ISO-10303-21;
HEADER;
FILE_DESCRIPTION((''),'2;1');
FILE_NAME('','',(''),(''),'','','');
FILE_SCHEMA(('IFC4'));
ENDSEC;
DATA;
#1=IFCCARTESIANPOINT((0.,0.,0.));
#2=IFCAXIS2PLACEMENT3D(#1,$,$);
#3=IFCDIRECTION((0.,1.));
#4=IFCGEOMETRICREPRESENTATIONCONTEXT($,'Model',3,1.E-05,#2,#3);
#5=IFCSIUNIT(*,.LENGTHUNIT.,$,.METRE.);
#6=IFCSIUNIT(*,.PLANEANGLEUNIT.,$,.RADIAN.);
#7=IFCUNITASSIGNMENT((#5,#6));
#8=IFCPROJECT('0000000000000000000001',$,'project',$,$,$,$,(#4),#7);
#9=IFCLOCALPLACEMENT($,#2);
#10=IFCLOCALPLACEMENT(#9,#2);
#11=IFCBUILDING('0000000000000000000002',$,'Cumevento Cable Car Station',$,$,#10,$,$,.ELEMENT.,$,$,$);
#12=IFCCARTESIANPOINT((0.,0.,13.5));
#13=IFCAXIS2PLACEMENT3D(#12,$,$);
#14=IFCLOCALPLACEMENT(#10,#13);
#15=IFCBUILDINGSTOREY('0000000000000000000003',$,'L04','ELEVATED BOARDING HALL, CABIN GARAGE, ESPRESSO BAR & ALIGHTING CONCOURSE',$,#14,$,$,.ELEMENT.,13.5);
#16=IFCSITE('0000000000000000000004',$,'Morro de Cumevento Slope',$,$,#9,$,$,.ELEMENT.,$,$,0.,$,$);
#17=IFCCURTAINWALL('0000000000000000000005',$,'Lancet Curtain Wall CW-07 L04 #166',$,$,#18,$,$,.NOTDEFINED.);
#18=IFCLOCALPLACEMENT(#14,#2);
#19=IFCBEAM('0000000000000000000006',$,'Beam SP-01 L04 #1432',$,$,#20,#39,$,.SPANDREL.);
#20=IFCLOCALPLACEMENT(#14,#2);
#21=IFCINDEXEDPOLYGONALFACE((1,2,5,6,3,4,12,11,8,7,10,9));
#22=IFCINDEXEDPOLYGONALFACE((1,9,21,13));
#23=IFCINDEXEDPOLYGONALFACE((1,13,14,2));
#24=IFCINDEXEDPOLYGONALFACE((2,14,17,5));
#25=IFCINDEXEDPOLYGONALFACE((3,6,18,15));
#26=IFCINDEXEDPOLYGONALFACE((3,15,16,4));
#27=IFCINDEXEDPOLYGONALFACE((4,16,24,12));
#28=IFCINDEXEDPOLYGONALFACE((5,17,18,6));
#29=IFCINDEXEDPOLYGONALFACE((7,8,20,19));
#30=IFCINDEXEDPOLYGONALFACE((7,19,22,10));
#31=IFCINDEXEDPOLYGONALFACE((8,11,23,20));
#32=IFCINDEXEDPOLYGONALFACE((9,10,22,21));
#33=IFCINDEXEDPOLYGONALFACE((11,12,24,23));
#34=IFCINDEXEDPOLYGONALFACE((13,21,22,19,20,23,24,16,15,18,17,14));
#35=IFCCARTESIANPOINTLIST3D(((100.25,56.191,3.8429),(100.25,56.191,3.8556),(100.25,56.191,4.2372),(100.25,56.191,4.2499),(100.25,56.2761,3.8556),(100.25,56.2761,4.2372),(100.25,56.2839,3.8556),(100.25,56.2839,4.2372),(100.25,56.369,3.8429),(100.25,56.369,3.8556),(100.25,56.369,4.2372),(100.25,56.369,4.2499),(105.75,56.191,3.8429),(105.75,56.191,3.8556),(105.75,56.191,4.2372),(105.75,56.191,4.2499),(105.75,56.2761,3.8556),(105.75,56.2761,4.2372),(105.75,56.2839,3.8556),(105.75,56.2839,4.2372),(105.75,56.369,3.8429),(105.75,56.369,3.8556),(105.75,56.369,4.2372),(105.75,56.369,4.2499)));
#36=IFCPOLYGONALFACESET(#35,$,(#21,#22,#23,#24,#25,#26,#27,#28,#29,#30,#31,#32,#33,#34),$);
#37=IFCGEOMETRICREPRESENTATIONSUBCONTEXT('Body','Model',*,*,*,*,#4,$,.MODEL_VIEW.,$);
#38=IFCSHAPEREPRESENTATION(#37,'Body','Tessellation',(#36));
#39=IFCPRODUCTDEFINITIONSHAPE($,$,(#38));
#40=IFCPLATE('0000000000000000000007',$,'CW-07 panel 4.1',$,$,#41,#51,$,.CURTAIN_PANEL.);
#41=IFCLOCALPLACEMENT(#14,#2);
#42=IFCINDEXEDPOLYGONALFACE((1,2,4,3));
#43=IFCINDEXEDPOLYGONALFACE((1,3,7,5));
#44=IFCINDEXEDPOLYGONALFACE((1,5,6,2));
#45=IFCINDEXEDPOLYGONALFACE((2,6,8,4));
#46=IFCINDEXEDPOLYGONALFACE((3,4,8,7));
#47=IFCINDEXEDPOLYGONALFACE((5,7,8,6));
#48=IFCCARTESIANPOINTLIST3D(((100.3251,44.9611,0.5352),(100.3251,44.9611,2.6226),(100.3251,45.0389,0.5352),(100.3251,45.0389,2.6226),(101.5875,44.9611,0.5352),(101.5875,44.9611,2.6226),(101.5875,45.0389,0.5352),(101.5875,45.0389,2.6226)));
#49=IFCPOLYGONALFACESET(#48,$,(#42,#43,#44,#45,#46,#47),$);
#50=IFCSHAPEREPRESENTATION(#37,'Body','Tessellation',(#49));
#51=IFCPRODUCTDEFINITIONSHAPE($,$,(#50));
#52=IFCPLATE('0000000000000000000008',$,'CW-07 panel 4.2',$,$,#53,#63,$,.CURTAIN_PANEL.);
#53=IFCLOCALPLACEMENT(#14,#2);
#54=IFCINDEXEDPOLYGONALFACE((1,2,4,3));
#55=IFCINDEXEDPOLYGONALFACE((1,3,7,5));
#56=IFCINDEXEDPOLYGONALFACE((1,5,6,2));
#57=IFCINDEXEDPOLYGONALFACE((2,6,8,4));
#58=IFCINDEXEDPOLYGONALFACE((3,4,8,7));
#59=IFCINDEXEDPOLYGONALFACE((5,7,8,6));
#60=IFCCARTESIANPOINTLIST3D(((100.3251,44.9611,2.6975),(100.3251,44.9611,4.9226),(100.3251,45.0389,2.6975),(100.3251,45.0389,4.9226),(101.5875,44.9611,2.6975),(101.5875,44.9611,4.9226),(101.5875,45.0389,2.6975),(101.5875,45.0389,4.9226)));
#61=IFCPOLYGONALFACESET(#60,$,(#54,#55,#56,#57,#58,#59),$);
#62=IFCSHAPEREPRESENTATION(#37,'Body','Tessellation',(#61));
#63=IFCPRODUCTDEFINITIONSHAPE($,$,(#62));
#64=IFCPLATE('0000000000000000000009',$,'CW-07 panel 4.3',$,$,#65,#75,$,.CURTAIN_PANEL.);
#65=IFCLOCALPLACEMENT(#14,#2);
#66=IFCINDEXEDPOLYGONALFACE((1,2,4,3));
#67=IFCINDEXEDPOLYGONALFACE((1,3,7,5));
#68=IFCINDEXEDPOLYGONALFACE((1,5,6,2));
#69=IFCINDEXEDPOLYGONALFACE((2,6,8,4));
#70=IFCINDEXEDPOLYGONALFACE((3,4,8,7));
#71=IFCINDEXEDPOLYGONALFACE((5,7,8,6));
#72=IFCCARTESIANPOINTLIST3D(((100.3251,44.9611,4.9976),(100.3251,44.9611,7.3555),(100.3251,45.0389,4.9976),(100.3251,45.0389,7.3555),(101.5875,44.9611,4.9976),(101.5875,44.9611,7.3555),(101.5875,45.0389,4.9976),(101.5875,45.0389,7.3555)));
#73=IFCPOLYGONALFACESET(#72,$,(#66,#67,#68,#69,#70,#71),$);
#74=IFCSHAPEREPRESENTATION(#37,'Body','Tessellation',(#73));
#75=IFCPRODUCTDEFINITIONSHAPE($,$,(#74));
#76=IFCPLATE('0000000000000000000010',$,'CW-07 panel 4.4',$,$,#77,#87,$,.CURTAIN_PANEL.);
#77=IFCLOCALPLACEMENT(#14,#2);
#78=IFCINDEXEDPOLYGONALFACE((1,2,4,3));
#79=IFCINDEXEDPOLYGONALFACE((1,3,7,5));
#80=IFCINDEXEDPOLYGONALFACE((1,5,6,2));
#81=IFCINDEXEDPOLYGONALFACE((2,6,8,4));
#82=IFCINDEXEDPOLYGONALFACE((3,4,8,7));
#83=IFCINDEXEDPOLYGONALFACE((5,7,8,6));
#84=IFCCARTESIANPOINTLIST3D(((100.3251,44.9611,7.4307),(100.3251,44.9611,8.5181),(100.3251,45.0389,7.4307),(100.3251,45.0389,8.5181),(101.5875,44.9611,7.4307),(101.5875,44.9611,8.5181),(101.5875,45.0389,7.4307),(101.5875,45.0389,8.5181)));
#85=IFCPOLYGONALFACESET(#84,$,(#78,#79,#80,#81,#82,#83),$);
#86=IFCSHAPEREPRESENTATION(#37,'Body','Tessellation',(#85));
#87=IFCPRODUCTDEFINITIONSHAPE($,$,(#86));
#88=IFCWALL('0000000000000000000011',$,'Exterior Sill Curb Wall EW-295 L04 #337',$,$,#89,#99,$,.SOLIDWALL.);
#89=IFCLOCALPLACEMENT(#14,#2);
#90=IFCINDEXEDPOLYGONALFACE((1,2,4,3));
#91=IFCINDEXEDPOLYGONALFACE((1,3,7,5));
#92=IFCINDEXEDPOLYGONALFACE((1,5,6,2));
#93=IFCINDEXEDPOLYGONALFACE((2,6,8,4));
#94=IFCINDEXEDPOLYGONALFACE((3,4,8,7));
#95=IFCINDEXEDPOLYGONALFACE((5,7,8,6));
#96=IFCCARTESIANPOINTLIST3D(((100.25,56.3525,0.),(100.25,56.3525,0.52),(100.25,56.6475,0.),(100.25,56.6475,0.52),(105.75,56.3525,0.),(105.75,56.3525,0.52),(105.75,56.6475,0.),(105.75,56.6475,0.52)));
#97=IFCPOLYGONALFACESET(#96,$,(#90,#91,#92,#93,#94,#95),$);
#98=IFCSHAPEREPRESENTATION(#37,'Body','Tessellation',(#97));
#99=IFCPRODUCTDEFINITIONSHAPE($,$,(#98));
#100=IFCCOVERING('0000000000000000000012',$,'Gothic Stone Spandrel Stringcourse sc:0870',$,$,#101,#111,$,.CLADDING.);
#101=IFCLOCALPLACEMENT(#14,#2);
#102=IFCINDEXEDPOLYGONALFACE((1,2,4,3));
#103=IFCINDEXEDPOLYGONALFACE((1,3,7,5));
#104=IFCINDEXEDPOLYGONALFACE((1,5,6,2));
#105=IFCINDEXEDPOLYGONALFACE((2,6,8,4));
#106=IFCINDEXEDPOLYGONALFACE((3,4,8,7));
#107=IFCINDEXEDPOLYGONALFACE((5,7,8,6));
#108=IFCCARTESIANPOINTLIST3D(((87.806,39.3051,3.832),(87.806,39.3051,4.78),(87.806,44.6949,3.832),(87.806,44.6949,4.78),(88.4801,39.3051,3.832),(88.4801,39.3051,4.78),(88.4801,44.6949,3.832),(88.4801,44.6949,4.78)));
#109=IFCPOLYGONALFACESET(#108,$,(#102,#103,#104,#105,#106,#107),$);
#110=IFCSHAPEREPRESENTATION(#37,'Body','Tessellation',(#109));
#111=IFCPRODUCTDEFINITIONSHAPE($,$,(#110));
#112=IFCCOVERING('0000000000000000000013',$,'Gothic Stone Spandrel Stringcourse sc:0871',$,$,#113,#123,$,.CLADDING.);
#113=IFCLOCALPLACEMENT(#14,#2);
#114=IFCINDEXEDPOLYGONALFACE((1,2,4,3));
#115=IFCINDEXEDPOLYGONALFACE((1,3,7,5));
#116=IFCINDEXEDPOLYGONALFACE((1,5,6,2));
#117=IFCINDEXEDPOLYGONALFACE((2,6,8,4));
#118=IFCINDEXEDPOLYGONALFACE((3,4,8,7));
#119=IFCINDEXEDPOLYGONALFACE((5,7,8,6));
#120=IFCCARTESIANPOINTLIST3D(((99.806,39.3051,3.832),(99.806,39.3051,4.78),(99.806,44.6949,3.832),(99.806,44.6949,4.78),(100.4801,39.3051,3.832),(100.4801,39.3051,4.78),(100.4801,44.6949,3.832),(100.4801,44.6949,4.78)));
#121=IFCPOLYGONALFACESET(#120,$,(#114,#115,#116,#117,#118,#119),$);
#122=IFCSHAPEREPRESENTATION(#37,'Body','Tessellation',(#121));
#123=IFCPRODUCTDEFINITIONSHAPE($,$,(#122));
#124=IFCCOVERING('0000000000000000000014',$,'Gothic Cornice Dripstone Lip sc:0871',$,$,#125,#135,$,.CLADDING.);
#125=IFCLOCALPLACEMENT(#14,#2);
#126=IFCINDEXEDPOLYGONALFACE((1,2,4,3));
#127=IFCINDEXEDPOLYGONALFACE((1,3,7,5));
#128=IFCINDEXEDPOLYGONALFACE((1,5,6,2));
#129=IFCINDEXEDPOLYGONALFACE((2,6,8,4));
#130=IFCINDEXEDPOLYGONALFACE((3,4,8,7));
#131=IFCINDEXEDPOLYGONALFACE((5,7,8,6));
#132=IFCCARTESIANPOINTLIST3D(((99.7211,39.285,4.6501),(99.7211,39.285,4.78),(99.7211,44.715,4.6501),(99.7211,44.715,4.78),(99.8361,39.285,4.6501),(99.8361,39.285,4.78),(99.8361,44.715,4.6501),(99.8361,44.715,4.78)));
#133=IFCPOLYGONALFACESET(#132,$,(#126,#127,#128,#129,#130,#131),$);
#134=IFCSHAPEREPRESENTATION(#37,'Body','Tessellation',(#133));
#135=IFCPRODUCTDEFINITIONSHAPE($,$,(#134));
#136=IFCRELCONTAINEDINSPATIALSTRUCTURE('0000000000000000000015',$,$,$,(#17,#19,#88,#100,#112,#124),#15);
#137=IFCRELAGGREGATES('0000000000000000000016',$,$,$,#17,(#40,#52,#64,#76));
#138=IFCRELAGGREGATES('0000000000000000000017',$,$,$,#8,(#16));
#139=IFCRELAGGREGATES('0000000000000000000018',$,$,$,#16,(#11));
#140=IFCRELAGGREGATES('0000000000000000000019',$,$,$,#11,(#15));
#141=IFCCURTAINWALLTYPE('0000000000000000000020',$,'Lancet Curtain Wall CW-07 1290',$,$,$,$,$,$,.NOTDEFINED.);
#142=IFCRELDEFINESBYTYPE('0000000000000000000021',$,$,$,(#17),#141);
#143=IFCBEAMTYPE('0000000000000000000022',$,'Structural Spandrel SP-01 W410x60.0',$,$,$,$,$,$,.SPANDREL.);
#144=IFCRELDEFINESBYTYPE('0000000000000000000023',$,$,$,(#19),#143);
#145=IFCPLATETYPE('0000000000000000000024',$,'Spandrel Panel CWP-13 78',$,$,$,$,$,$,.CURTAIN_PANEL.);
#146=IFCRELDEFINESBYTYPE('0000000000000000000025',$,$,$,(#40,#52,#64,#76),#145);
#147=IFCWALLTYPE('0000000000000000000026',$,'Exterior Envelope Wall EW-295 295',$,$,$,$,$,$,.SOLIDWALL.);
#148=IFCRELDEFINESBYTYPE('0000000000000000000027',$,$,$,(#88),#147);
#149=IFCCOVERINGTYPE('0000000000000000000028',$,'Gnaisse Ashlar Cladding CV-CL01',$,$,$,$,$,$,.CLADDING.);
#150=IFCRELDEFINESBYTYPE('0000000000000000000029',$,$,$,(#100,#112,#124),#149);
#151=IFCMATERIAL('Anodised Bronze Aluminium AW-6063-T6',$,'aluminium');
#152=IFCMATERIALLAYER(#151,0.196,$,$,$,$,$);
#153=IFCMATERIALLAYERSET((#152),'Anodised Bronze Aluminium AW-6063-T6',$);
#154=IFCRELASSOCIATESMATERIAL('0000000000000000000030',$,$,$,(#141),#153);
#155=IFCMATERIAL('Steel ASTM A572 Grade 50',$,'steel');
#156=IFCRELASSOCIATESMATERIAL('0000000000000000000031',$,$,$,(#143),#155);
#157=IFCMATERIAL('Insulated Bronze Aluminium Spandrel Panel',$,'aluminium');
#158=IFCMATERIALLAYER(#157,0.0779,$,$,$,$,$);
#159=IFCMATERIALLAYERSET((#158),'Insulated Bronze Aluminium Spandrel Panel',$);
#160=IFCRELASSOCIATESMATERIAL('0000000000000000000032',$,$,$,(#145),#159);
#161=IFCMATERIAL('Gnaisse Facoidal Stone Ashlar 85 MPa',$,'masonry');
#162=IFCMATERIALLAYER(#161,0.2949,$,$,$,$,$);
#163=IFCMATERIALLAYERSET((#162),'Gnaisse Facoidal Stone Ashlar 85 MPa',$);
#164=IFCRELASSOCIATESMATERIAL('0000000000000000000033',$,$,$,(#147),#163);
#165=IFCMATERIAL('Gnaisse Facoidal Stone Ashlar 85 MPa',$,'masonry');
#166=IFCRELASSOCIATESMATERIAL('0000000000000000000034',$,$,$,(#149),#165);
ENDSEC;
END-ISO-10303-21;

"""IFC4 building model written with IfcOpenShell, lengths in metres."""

from ifc_helpers import new_model, si_unit, direction, frame, frame_2d, origin, origin_2d, place, context, subcontext, project, spatial, rectangle, i_section, extrude, material, layer, layer_set, material_profile, profile_set, type_object, element, aggregate, save


model = new_model("IFC4")

# Units and contexts
model_context = context("Model", 3, precision=1e-05, world=origin(), true_north=direction((0.0, 1.0)))
body_context = subcontext(model_context, "Body", "Model", "MODEL_VIEW")
ifc_project = project(units=[si_unit("LENGTHUNIT", "METRE"), si_unit("PLANEANGLEUNIT", "RADIAN")], contexts=[model_context])

# Site, building, storey
site_placement = place(None, origin())
site = spatial("IfcSite", under=ifc_project, at=site_placement, Name="Morro de Cumevento Slope", CompositionType="ELEMENT", RefElevation=0.0)
building_placement = place(site_placement, origin())
building = spatial("IfcBuilding", under=site, at=building_placement, Name="Cumevento Cable Car Station", CompositionType="ELEMENT")
storey_placement = place(building_placement, frame((0.0, 0.0, 13.5)))
storey = spatial("IfcBuildingStorey", under=building, at=storey_placement, Name="L04", Description="ELEVATED BOARDING HALL, CABIN GARAGE, ESPRESSO BAR & ALIGHTING CONCOURSE", CompositionType="ELEMENT", Elevation=13.5)

# Curtain wall
ifc_material_1 = material(Name="Anodised Bronze Aluminium AW-6063-T6", Category="aluminium")
ifc_layer_1 = layer(ifc_material_1, 0.196)
ifc_layer_set_1 = layer_set([ifc_layer_1], Name="Anodised Bronze Aluminium AW-6063-T6")
curtain_wall_type_1 = type_object("IfcCurtainWallType", Name="Lancet Curtain Wall CW-07 1290", PredefinedType="NOTDEFINED", material=ifc_layer_set_1)
curtain_wall_1_placement = place(storey_placement, origin())
curtain_wall_1 = element("IfcCurtainWall", 1, at=curtain_wall_1_placement, inside=storey, type_object=curtain_wall_type_1, Name="Lancet Curtain Wall CW-07 L04 #166", PredefinedType="NOTDEFINED")

# Beam
ifc_material_2 = material(Name="Steel ASTM A572 Grade 50", Category="steel")
ifc_material_profile_1 = material_profile(ifc_material_2, i_section(OverallWidth=0.178, OverallDepth=0.407, WebThickness=0.0078, FlangeThickness=0.0127, at=origin_2d()), Name="W410x60.0")
ifc_profile_set_1 = profile_set([ifc_material_profile_1], Name="Steel ASTM A572 Grade 50")
beam_type = type_object("IfcBeamType", Name="Structural Spandrel SP-01 W410x60.0", PredefinedType="SPANDREL", material=ifc_profile_set_1)
for number, where, z_axis, x_axis, name in (
    (2, (100.25, 56.28, 4.0464), (1.0, 0.0, 0.0), (0.0, 1.0, 0.0), "Beam SP-01 L04 #1432"),
):
    element("IfcBeam", number, at=place(storey_placement, frame(where, z_axis=z_axis, x_axis=x_axis)), inside=storey, type_object=beam_type, Name=name, PredefinedType="SPANDREL", context=body_context, shape_type="SweptSolid", body=[
        extrude(i_section(OverallWidth=0.178, OverallDepth=0.407, WebThickness=0.0078, FlangeThickness=0.0127, at=origin_2d()), origin(), (0.0, 0.0, 1.0), 5.5),
    ])

# Plates
ifc_material_3 = material(Name="Insulated Bronze Aluminium Spandrel Panel", Category="aluminium")
ifc_layer_2 = layer(ifc_material_3, 0.0779)
ifc_layer_set_2 = layer_set([ifc_layer_2], Name="Insulated Bronze Aluminium Spandrel Panel")
plate_type = type_object("IfcPlateType", Name="Spandrel Panel CWP-13 78", PredefinedType="CURTAIN_PANEL", material=ifc_layer_set_2)
plate_1_placement = place(storey_placement, frame((100.9563, 45.0, 0.5352), z_axis=(0.0, 0.0, 1.0), x_axis=(-1.0, 0.0, 0.0)))
plate_1 = element("IfcPlate", 3, at=plate_1_placement, type_object=plate_type, Name="CW-07 panel 4.1", PredefinedType="CURTAIN_PANEL", context=body_context, shape_type="SweptSolid", body=[
    extrude(rectangle(XDim=1.2625, YDim=0.0779, at=origin_2d()), origin(), (0.0, 0.0, 1.0), 2.0874),
])
plate_2_placement = place(storey_placement, frame((100.9563, 45.0, 2.6975), z_axis=(0.0, 0.0, 1.0), x_axis=(-1.0, 0.0, 0.0)))
plate_2 = element("IfcPlate", 4, at=plate_2_placement, type_object=plate_type, Name="CW-07 panel 4.2", PredefinedType="CURTAIN_PANEL", context=body_context, shape_type="SweptSolid", body=[
    extrude(rectangle(XDim=1.2625, YDim=0.0779, at=origin_2d()), origin(), (0.0, 0.0, 1.0), 2.2251),
])
plate_3_placement = place(storey_placement, frame((100.9563, 45.0, 4.9976), z_axis=(0.0, 0.0, 1.0), x_axis=(-1.0, 0.0, 0.0)))
plate_3 = element("IfcPlate", 5, at=plate_3_placement, type_object=plate_type, Name="CW-07 panel 4.3", PredefinedType="CURTAIN_PANEL", context=body_context, shape_type="SweptSolid", body=[
    extrude(rectangle(XDim=1.2625, YDim=0.0779, at=origin_2d()), origin(), (0.0, 0.0, 1.0), 2.3579),
])
plate_4_placement = place(storey_placement, frame((100.9563, 45.0, 7.4307), z_axis=(0.0, 0.0, 1.0), x_axis=(-1.0, 0.0, 0.0)))
plate_4 = element("IfcPlate", 6, at=plate_4_placement, type_object=plate_type, Name="CW-07 panel 4.4", PredefinedType="CURTAIN_PANEL", context=body_context, shape_type="SweptSolid", body=[
    extrude(rectangle(XDim=1.2625, YDim=0.0779, at=origin_2d()), origin(), (0.0, 0.0, 1.0), 1.0874),
])
aggregate(curtain_wall_1, [plate_1, plate_2, plate_3, plate_4])

# Wall
ifc_material_4 = material(Name="Gnaisse Facoidal Stone Ashlar 85 MPa", Category="masonry")
ifc_layer_3 = layer(ifc_material_4, 0.2949)
ifc_layer_set_3 = layer_set([ifc_layer_3], Name="Gnaisse Facoidal Stone Ashlar 85 MPa")
wall_type = type_object("IfcWallType", Name="Exterior Envelope Wall EW-295 295", PredefinedType="SOLIDWALL", material=ifc_layer_set_3)
wall_placement = place(storey_placement, frame((100.25, 56.5, 0.0), z_axis=(0.0, 0.0, 1.0), x_axis=(1.0, 0.0, 0.0)))
element("IfcWall", 7, at=wall_placement, inside=storey, type_object=wall_type, Name="Exterior Sill Curb Wall EW-295 L04 #337", PredefinedType="SOLIDWALL", context=body_context, shape_type="SweptSolid", body=[
    extrude(rectangle(XDim=5.5, YDim=0.2949, at=frame_2d((2.75, 0.0))), origin(), (0.0, 0.0, 1.0), 0.52),
])

# Coverings
ifc_material_5 = material(Name="Gnaisse Facoidal Stone Ashlar 85 MPa", Category="masonry")
covering_type = type_object("IfcCoveringType", Name="Gnaisse Ashlar Cladding CV-CL01", PredefinedType="CLADDING", material=ifc_material_5)
for number, where, z_axis, x_axis, name in (
    (8, (88.1431, 42.0, 3.832), (0.0, 0.0, 1.0), (0.0, 1.0, 0.0), "Gothic Stone Spandrel Stringcourse sc:0870"),
    (9, (100.1431, 42.0, 3.832), (0.0, 0.0, 1.0), (0.0, 1.0, 0.0), "Gothic Stone Spandrel Stringcourse sc:0871"),
):
    element("IfcCovering", number, at=place(storey_placement, frame(where, z_axis=z_axis, x_axis=x_axis)), inside=storey, type_object=covering_type, Name=name, PredefinedType="CLADDING", context=body_context, shape_type="SweptSolid", body=[
        extrude(rectangle(XDim=5.3899, YDim=0.6741, at=origin_2d()), origin(), (0.0, 0.0, 1.0), 0.948),
    ])
covering_1_placement = place(storey_placement, frame((99.7786, 42.0, 4.6501), z_axis=(0.0, 0.0, 1.0), x_axis=(0.0, 1.0, 0.0)))
element("IfcCovering", 10, at=covering_1_placement, inside=storey, type_object=covering_type, Name="Gothic Cornice Dripstone Lip sc:0871", PredefinedType="CLADDING", context=body_context, shape_type="SweptSolid", body=[
    extrude(rectangle(XDim=5.4299, YDim=0.115, at=origin_2d()), origin(), (0.0, 0.0, 1.0), 0.1299),
])

save(model, "model.ifc")
